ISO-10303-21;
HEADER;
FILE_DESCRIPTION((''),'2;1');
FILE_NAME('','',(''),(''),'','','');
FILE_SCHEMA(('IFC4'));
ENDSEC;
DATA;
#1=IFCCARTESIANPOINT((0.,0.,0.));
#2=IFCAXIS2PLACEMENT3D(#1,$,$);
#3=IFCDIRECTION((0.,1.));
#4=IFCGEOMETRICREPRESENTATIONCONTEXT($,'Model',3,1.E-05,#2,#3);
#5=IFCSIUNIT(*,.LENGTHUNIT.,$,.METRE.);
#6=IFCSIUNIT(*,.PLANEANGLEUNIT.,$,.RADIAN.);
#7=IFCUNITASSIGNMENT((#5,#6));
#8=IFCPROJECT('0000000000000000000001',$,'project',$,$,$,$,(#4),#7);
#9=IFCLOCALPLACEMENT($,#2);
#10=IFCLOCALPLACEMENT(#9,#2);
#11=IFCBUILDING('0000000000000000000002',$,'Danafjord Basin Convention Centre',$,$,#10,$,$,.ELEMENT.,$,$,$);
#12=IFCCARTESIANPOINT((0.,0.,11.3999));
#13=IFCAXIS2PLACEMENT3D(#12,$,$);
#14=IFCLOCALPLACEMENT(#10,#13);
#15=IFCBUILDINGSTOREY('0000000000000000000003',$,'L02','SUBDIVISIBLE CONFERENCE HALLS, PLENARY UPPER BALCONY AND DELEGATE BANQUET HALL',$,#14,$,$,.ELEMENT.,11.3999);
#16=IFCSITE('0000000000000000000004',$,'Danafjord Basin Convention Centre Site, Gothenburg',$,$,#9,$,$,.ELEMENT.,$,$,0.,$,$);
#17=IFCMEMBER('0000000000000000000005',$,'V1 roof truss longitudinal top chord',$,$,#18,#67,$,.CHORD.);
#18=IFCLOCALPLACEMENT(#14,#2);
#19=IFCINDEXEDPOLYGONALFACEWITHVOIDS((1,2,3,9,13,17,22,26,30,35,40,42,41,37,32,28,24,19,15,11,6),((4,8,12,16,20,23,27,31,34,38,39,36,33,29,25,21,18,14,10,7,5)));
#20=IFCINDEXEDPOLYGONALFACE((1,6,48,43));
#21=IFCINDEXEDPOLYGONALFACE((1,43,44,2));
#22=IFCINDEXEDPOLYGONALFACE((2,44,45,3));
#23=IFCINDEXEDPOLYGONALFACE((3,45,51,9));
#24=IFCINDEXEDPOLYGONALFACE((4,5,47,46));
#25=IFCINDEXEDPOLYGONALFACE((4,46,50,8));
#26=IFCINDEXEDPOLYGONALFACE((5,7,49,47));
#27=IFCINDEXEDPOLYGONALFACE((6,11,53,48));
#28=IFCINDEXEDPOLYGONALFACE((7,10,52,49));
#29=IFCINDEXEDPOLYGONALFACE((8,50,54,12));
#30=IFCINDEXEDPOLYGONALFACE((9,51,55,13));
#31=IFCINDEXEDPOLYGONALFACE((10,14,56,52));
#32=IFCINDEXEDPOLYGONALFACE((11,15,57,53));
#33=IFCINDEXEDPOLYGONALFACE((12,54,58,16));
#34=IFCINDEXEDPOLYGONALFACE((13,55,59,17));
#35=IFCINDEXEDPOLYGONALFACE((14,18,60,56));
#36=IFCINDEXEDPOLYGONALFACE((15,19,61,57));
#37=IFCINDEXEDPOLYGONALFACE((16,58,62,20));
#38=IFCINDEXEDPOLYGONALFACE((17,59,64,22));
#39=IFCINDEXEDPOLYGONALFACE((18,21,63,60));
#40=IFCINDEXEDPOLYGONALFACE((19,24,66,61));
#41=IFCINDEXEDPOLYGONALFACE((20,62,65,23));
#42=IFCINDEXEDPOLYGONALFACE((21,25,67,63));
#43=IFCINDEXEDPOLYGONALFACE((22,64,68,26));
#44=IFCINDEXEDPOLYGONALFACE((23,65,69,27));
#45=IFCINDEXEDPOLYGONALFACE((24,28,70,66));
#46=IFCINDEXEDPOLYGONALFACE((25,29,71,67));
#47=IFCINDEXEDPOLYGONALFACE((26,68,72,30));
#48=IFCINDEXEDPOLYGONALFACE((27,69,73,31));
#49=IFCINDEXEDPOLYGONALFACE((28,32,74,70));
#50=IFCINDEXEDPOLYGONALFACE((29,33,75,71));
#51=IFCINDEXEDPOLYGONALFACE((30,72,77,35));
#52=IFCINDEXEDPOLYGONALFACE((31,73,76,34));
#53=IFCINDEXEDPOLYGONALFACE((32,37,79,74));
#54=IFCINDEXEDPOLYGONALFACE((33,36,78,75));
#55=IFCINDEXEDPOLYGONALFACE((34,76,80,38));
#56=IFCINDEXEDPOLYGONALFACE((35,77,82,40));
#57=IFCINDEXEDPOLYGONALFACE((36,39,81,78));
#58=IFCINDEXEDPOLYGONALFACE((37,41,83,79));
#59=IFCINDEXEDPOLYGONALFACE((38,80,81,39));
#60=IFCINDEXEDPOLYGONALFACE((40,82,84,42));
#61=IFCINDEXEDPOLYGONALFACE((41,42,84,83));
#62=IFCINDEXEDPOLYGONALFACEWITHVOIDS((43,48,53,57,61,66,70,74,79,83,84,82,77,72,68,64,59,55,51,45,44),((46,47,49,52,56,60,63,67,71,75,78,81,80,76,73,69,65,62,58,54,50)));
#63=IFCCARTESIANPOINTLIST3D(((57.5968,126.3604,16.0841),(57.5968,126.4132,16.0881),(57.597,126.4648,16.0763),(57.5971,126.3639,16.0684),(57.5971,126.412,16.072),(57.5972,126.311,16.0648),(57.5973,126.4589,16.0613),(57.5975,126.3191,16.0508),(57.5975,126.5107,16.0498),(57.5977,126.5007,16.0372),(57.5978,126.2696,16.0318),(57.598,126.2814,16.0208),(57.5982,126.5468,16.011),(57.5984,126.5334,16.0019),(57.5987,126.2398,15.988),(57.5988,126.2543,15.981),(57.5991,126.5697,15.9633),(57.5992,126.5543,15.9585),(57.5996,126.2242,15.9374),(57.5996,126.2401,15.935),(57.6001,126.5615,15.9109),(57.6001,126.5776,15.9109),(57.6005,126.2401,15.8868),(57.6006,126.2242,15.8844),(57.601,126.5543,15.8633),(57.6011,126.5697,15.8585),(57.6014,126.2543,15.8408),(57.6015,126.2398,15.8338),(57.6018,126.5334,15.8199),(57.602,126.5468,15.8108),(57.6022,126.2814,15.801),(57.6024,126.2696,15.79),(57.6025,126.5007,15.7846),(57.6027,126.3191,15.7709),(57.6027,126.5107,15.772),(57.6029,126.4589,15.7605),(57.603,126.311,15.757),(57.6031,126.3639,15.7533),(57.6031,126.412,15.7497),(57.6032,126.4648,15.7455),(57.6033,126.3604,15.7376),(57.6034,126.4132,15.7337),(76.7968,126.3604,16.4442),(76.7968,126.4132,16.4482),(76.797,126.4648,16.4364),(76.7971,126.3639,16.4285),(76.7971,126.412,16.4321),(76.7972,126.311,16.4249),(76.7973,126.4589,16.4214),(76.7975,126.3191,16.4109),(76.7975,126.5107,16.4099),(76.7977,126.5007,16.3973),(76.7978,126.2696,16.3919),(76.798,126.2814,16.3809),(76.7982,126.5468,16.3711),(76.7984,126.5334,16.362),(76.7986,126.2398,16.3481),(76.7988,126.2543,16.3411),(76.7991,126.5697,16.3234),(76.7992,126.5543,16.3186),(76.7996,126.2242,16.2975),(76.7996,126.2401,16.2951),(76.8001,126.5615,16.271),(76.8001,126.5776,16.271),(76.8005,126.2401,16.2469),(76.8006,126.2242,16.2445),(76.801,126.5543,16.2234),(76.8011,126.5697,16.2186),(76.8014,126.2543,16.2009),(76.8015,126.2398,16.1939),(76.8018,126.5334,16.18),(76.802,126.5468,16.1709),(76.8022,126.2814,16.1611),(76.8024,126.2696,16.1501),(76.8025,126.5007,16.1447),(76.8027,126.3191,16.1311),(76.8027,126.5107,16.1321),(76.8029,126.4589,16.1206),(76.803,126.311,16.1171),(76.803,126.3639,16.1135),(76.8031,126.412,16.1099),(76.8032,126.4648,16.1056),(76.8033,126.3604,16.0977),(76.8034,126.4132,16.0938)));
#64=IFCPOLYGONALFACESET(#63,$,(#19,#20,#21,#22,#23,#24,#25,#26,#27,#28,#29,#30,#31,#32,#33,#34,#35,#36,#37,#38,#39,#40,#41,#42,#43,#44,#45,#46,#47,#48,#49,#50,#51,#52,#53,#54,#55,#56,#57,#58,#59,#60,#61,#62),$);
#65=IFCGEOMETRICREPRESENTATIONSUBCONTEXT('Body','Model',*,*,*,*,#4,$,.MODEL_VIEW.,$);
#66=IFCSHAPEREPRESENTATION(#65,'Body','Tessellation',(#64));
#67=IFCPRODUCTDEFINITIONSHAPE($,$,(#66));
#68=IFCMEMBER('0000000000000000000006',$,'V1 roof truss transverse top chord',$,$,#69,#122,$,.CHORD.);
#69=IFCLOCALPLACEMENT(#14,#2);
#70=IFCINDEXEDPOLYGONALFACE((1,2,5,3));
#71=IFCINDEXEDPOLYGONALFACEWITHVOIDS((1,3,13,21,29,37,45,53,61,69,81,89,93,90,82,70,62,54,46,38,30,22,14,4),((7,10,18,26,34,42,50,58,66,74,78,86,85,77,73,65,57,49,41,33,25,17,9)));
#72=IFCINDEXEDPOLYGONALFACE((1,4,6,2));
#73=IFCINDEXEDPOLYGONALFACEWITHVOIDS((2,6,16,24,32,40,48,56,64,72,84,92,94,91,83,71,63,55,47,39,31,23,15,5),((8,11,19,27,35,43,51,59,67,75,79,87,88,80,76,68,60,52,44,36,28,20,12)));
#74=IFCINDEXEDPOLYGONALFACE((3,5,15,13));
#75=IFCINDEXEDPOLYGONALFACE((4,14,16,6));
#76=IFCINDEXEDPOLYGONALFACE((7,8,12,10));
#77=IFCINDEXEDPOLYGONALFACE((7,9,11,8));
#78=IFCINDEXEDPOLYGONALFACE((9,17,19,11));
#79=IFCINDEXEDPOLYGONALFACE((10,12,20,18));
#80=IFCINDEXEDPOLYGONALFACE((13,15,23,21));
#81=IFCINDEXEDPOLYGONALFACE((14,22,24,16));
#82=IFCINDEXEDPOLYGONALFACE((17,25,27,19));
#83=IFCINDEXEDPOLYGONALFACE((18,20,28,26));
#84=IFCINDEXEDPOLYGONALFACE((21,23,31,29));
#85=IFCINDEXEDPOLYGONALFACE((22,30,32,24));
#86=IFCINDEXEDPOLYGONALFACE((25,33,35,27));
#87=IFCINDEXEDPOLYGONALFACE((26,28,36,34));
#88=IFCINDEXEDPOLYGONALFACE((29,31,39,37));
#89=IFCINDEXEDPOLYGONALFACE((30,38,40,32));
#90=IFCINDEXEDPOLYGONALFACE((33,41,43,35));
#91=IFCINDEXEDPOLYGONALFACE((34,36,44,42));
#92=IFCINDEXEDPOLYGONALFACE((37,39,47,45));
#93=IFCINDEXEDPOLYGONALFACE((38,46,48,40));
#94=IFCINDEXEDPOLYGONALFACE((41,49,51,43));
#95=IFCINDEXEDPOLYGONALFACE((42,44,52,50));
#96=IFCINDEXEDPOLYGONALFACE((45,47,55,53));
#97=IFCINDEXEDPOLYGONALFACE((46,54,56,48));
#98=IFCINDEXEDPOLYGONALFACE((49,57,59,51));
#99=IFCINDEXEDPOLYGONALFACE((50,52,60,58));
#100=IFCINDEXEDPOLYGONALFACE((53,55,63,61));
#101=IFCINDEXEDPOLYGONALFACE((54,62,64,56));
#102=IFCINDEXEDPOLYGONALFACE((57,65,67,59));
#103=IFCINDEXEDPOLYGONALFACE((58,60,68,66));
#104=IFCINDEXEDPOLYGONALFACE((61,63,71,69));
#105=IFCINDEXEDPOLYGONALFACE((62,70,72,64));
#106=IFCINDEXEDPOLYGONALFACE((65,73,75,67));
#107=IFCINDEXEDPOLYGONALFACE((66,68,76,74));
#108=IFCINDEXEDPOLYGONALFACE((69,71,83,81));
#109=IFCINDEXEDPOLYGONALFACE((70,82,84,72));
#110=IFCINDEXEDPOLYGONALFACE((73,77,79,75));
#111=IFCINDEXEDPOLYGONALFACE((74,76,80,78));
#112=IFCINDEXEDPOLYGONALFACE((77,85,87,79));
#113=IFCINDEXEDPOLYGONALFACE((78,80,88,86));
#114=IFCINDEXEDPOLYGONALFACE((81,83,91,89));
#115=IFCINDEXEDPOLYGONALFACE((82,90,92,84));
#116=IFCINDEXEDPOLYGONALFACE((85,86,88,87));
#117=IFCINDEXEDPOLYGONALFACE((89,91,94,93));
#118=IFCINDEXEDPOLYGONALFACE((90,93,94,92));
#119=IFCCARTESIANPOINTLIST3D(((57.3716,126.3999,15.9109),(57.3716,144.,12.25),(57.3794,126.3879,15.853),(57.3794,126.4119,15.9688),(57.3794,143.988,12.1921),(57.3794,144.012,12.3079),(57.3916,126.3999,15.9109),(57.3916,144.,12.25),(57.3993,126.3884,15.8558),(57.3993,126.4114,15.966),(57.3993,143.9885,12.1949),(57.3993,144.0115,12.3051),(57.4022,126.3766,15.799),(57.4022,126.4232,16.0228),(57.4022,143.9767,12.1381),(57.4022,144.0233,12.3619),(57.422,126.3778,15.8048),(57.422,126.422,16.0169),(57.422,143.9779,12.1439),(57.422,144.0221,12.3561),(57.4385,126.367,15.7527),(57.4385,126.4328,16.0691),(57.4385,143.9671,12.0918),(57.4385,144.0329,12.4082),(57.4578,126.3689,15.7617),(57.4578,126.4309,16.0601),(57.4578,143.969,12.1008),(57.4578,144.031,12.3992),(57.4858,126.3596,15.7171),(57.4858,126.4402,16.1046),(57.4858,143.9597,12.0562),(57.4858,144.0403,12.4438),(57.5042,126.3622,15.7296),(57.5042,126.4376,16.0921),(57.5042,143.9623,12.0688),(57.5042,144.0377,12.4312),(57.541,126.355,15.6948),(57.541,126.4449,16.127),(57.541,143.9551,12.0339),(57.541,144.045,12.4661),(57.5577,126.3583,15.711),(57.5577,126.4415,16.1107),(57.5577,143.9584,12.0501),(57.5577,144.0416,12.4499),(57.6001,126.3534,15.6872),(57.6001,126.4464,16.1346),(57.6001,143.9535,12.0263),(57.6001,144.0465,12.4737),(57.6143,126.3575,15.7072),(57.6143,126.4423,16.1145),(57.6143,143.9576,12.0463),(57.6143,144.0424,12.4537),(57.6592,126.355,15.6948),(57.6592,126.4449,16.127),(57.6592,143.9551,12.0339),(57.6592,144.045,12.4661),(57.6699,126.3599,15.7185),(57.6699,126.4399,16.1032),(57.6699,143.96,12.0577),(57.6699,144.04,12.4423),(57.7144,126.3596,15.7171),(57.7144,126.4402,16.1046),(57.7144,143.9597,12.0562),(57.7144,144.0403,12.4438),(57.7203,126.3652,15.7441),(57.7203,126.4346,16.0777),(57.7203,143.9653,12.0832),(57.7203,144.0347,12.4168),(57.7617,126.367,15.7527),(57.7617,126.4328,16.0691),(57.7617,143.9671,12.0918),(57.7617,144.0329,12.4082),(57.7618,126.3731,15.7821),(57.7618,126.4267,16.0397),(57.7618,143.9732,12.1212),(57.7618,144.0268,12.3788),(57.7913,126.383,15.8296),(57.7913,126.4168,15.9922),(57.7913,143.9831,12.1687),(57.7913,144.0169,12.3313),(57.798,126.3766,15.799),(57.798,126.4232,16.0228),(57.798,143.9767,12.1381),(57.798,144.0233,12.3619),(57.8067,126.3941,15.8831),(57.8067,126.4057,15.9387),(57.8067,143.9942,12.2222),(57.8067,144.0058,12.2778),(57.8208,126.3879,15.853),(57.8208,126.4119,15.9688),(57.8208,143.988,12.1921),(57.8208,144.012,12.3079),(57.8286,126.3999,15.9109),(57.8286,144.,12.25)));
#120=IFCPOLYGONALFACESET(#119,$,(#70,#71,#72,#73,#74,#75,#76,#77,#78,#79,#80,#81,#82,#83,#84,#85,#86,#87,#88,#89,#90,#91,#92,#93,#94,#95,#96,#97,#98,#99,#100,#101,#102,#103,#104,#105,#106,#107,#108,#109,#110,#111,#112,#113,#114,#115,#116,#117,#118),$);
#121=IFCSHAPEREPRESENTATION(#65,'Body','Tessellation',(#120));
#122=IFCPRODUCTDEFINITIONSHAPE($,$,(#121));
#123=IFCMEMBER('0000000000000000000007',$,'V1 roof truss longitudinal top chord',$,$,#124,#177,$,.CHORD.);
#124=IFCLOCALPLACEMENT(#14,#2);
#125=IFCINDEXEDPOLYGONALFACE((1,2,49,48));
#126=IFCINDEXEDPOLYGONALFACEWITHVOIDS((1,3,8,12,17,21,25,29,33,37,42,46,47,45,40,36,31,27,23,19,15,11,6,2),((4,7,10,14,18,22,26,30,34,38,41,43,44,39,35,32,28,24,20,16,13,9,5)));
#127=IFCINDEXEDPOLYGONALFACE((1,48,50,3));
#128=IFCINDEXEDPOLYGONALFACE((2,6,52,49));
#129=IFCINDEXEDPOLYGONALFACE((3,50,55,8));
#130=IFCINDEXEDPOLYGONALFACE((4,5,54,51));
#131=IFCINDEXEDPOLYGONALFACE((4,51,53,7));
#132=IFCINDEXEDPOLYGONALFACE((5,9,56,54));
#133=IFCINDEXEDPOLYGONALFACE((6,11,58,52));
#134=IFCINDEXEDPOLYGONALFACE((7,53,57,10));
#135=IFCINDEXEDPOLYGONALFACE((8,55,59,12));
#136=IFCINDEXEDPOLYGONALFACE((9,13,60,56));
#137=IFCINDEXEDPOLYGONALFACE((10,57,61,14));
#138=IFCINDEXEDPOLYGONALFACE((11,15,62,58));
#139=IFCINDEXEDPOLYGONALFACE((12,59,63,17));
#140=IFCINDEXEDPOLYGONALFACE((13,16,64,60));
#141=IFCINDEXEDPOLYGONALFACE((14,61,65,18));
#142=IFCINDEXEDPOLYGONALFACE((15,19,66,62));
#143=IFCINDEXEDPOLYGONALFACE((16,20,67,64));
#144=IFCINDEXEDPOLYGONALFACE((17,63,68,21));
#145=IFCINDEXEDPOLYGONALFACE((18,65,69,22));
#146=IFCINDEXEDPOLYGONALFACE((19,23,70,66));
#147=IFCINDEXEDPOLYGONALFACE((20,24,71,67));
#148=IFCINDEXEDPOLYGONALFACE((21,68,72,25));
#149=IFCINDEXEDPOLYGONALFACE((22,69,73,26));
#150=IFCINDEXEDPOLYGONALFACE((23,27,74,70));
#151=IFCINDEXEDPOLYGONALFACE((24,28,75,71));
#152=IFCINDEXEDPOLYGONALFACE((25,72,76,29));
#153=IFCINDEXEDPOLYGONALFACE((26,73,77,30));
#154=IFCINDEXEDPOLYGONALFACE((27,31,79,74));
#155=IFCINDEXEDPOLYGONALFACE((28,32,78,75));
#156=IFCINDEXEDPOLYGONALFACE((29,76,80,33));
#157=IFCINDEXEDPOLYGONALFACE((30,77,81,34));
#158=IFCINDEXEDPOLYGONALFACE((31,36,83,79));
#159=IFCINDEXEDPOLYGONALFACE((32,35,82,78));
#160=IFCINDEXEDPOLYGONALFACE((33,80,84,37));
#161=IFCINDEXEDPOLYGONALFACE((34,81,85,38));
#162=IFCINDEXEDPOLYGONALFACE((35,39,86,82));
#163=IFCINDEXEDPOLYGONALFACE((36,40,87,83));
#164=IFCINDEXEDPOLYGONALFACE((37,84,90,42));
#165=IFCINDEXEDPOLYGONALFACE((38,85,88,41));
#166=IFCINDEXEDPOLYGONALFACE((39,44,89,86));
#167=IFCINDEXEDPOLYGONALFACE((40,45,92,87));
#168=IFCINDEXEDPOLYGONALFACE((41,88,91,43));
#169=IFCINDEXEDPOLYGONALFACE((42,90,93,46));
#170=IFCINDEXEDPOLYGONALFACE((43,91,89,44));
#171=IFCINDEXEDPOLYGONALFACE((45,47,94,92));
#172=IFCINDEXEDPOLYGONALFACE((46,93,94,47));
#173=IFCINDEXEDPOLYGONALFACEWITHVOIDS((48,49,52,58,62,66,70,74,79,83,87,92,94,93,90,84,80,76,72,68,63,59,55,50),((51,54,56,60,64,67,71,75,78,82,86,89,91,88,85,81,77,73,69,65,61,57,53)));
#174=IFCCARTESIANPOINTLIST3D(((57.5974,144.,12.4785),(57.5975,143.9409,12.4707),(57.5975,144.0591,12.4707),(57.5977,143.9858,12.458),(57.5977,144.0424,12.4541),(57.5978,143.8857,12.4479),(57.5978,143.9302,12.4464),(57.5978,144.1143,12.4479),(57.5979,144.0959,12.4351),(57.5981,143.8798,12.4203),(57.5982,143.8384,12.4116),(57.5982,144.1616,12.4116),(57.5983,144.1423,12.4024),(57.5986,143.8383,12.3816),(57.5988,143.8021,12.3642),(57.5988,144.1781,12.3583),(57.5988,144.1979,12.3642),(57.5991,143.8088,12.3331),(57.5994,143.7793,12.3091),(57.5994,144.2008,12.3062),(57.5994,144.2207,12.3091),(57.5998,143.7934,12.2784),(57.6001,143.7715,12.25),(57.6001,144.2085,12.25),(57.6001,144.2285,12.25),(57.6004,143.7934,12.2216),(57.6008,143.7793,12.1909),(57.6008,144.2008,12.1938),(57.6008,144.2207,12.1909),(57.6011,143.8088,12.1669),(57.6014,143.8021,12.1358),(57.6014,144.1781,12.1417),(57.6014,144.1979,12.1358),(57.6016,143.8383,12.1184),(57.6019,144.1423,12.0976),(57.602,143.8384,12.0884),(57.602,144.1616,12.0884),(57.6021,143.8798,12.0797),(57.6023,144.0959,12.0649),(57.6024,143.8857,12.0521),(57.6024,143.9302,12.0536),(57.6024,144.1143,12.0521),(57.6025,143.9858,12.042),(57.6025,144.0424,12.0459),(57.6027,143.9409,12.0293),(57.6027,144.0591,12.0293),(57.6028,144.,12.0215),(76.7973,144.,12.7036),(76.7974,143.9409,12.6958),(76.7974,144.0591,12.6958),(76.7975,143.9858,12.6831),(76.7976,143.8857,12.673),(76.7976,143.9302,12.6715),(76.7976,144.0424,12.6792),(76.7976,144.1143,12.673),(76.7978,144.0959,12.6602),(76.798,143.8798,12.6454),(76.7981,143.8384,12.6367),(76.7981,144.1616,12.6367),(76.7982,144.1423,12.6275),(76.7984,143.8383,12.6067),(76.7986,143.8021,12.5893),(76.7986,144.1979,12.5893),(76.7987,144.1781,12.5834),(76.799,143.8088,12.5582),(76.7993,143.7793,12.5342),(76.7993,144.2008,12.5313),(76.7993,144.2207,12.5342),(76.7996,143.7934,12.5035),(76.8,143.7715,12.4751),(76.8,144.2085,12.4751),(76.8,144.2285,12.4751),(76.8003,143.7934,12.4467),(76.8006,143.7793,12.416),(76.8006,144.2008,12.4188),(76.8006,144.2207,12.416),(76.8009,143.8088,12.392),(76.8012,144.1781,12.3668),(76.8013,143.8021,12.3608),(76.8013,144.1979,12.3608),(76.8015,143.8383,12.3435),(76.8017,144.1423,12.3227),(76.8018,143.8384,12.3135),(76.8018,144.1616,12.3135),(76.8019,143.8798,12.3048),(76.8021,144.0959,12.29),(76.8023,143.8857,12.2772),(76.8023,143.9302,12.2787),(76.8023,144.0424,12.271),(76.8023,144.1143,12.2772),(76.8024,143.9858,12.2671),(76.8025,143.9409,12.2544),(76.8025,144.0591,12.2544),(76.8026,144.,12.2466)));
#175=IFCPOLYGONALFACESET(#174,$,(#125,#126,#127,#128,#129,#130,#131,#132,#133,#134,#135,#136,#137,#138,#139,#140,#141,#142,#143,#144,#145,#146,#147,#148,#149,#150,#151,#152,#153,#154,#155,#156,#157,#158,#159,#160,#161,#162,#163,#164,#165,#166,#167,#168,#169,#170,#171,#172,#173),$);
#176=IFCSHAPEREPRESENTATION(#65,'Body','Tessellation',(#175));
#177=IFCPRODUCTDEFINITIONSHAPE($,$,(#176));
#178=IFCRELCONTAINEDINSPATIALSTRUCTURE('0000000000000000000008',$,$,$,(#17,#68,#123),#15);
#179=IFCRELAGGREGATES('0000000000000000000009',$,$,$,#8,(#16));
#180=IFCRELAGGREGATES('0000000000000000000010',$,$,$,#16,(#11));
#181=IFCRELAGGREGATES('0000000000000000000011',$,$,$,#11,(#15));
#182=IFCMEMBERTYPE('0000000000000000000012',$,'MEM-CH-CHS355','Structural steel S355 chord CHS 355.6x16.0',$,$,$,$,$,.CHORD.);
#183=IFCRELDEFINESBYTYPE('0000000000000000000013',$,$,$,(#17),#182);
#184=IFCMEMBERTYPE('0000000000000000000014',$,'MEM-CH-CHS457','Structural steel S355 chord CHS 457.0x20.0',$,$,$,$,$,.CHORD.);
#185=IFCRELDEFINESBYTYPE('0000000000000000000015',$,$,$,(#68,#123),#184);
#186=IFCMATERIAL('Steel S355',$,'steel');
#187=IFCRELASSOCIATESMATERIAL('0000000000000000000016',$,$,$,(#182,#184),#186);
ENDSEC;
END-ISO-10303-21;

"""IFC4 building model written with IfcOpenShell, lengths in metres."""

from ifc_helpers import new_model, si_unit, direction, frame, origin, origin_2d, place, context, subcontext, project, spatial, hollow_circle, extrude, material, material_profile, profile_set, type_object, element, save


model = new_model("IFC4")

# Units and contexts
model_context = context("Model", 3, precision=1e-05, world=origin(), true_north=direction((0.0, 1.0)))
body_context = subcontext(model_context, "Body", "Model", "MODEL_VIEW")
ifc_project = project(units=[si_unit("LENGTHUNIT", "METRE"), si_unit("PLANEANGLEUNIT", "RADIAN")], contexts=[model_context])

# Site, building, storey
site_placement = place(None, origin())
site = spatial("IfcSite", under=ifc_project, at=site_placement, Name="Danafjord Basin Convention Centre Site, Gothenburg", CompositionType="ELEMENT", RefElevation=0.0)
building_placement = place(site_placement, origin())
building = spatial("IfcBuilding", under=site, at=building_placement, Name="Danafjord Basin Convention Centre", CompositionType="ELEMENT")
storey_placement = place(building_placement, frame((0.0, 0.0, 11.3999)))
storey = spatial("IfcBuildingStorey", under=building, at=storey_placement, Name="L02", Description="SUBDIVISIBLE CONFERENCE HALLS, PLENARY UPPER BALCONY AND DELEGATE BANQUET HALL", CompositionType="ELEMENT", Elevation=11.3999)

# Shared definitions
ifc_material_1 = material(Name="Steel S355", Category="steel")

# Members
ifc_material_profile_1 = material_profile(ifc_material_1, hollow_circle(Radius=0.1777, WallThickness=0.0161, at=origin_2d()), Name="CHS 355.6x16.0")
ifc_profile_set_1 = profile_set([ifc_material_profile_1], Name="Steel S355")
member_type_1 = type_object("IfcMemberType", Name="MEM-CH-CHS355", Description="Structural steel S355 chord CHS 355.6x16.0", PredefinedType="CHORD", material=ifc_profile_set_1)
member_1_placement = place(storey_placement, frame((57.6001, 126.3999, 15.9109), z_axis=(0.999824, 0.0, 0.018752), x_axis=(0.0, 1.0, 0.0)))
element("IfcMember", 1, at=member_1_placement, inside=storey, type_object=member_type_1, Name="V1 roof truss longitudinal top chord", PredefinedType="CHORD", context=body_context, shape_type="SweptSolid", body=[
    extrude(hollow_circle(Radius=0.1777, WallThickness=0.0161, at=origin_2d()), origin(), (0.0, 0.0, 1.0), 19.2034),
])
ifc_material_profile_2 = material_profile(ifc_material_1, hollow_circle(Radius=0.2285, WallThickness=0.02, at=origin_2d()), Name="CHS 457.0x20.0")
ifc_profile_set_2 = profile_set([ifc_material_profile_2], Name="Steel S355")
member_type_2 = type_object("IfcMemberType", Name="MEM-CH-CHS457", Description="Structural steel S355 chord CHS 457.0x20.0", PredefinedType="CHORD", material=ifc_profile_set_2)
member_2_placement = place(storey_placement, frame((57.6001, 126.3999, 15.9109), z_axis=(0.0, 0.979045, -0.203645), x_axis=(-1.0, 0.0, 0.0)))
element("IfcMember", 2, at=member_2_placement, inside=storey, type_object=member_type_2, Name="V1 roof truss transverse top chord", PredefinedType="CHORD", context=body_context, shape_type="SweptSolid", body=[
    extrude(hollow_circle(Radius=0.2285, WallThickness=0.02, at=origin_2d()), origin(), (0.0, 0.0, 1.0), 17.9768),
])
member_3_placement = place(storey_placement, frame((57.6001, 144.0, 12.25), z_axis=(0.999931, 0.0, 0.011723), x_axis=(0.0, 1.0, 0.0)))
element("IfcMember", 3, at=member_3_placement, inside=storey, type_object=member_type_2, Name="V1 roof truss longitudinal top chord", PredefinedType="CHORD", context=body_context, shape_type="SweptSolid", body=[
    extrude(hollow_circle(Radius=0.2285, WallThickness=0.02, at=origin_2d()), origin(), (0.0, 0.0, 1.0), 19.2012),
])

save(model, "model.ifc")
